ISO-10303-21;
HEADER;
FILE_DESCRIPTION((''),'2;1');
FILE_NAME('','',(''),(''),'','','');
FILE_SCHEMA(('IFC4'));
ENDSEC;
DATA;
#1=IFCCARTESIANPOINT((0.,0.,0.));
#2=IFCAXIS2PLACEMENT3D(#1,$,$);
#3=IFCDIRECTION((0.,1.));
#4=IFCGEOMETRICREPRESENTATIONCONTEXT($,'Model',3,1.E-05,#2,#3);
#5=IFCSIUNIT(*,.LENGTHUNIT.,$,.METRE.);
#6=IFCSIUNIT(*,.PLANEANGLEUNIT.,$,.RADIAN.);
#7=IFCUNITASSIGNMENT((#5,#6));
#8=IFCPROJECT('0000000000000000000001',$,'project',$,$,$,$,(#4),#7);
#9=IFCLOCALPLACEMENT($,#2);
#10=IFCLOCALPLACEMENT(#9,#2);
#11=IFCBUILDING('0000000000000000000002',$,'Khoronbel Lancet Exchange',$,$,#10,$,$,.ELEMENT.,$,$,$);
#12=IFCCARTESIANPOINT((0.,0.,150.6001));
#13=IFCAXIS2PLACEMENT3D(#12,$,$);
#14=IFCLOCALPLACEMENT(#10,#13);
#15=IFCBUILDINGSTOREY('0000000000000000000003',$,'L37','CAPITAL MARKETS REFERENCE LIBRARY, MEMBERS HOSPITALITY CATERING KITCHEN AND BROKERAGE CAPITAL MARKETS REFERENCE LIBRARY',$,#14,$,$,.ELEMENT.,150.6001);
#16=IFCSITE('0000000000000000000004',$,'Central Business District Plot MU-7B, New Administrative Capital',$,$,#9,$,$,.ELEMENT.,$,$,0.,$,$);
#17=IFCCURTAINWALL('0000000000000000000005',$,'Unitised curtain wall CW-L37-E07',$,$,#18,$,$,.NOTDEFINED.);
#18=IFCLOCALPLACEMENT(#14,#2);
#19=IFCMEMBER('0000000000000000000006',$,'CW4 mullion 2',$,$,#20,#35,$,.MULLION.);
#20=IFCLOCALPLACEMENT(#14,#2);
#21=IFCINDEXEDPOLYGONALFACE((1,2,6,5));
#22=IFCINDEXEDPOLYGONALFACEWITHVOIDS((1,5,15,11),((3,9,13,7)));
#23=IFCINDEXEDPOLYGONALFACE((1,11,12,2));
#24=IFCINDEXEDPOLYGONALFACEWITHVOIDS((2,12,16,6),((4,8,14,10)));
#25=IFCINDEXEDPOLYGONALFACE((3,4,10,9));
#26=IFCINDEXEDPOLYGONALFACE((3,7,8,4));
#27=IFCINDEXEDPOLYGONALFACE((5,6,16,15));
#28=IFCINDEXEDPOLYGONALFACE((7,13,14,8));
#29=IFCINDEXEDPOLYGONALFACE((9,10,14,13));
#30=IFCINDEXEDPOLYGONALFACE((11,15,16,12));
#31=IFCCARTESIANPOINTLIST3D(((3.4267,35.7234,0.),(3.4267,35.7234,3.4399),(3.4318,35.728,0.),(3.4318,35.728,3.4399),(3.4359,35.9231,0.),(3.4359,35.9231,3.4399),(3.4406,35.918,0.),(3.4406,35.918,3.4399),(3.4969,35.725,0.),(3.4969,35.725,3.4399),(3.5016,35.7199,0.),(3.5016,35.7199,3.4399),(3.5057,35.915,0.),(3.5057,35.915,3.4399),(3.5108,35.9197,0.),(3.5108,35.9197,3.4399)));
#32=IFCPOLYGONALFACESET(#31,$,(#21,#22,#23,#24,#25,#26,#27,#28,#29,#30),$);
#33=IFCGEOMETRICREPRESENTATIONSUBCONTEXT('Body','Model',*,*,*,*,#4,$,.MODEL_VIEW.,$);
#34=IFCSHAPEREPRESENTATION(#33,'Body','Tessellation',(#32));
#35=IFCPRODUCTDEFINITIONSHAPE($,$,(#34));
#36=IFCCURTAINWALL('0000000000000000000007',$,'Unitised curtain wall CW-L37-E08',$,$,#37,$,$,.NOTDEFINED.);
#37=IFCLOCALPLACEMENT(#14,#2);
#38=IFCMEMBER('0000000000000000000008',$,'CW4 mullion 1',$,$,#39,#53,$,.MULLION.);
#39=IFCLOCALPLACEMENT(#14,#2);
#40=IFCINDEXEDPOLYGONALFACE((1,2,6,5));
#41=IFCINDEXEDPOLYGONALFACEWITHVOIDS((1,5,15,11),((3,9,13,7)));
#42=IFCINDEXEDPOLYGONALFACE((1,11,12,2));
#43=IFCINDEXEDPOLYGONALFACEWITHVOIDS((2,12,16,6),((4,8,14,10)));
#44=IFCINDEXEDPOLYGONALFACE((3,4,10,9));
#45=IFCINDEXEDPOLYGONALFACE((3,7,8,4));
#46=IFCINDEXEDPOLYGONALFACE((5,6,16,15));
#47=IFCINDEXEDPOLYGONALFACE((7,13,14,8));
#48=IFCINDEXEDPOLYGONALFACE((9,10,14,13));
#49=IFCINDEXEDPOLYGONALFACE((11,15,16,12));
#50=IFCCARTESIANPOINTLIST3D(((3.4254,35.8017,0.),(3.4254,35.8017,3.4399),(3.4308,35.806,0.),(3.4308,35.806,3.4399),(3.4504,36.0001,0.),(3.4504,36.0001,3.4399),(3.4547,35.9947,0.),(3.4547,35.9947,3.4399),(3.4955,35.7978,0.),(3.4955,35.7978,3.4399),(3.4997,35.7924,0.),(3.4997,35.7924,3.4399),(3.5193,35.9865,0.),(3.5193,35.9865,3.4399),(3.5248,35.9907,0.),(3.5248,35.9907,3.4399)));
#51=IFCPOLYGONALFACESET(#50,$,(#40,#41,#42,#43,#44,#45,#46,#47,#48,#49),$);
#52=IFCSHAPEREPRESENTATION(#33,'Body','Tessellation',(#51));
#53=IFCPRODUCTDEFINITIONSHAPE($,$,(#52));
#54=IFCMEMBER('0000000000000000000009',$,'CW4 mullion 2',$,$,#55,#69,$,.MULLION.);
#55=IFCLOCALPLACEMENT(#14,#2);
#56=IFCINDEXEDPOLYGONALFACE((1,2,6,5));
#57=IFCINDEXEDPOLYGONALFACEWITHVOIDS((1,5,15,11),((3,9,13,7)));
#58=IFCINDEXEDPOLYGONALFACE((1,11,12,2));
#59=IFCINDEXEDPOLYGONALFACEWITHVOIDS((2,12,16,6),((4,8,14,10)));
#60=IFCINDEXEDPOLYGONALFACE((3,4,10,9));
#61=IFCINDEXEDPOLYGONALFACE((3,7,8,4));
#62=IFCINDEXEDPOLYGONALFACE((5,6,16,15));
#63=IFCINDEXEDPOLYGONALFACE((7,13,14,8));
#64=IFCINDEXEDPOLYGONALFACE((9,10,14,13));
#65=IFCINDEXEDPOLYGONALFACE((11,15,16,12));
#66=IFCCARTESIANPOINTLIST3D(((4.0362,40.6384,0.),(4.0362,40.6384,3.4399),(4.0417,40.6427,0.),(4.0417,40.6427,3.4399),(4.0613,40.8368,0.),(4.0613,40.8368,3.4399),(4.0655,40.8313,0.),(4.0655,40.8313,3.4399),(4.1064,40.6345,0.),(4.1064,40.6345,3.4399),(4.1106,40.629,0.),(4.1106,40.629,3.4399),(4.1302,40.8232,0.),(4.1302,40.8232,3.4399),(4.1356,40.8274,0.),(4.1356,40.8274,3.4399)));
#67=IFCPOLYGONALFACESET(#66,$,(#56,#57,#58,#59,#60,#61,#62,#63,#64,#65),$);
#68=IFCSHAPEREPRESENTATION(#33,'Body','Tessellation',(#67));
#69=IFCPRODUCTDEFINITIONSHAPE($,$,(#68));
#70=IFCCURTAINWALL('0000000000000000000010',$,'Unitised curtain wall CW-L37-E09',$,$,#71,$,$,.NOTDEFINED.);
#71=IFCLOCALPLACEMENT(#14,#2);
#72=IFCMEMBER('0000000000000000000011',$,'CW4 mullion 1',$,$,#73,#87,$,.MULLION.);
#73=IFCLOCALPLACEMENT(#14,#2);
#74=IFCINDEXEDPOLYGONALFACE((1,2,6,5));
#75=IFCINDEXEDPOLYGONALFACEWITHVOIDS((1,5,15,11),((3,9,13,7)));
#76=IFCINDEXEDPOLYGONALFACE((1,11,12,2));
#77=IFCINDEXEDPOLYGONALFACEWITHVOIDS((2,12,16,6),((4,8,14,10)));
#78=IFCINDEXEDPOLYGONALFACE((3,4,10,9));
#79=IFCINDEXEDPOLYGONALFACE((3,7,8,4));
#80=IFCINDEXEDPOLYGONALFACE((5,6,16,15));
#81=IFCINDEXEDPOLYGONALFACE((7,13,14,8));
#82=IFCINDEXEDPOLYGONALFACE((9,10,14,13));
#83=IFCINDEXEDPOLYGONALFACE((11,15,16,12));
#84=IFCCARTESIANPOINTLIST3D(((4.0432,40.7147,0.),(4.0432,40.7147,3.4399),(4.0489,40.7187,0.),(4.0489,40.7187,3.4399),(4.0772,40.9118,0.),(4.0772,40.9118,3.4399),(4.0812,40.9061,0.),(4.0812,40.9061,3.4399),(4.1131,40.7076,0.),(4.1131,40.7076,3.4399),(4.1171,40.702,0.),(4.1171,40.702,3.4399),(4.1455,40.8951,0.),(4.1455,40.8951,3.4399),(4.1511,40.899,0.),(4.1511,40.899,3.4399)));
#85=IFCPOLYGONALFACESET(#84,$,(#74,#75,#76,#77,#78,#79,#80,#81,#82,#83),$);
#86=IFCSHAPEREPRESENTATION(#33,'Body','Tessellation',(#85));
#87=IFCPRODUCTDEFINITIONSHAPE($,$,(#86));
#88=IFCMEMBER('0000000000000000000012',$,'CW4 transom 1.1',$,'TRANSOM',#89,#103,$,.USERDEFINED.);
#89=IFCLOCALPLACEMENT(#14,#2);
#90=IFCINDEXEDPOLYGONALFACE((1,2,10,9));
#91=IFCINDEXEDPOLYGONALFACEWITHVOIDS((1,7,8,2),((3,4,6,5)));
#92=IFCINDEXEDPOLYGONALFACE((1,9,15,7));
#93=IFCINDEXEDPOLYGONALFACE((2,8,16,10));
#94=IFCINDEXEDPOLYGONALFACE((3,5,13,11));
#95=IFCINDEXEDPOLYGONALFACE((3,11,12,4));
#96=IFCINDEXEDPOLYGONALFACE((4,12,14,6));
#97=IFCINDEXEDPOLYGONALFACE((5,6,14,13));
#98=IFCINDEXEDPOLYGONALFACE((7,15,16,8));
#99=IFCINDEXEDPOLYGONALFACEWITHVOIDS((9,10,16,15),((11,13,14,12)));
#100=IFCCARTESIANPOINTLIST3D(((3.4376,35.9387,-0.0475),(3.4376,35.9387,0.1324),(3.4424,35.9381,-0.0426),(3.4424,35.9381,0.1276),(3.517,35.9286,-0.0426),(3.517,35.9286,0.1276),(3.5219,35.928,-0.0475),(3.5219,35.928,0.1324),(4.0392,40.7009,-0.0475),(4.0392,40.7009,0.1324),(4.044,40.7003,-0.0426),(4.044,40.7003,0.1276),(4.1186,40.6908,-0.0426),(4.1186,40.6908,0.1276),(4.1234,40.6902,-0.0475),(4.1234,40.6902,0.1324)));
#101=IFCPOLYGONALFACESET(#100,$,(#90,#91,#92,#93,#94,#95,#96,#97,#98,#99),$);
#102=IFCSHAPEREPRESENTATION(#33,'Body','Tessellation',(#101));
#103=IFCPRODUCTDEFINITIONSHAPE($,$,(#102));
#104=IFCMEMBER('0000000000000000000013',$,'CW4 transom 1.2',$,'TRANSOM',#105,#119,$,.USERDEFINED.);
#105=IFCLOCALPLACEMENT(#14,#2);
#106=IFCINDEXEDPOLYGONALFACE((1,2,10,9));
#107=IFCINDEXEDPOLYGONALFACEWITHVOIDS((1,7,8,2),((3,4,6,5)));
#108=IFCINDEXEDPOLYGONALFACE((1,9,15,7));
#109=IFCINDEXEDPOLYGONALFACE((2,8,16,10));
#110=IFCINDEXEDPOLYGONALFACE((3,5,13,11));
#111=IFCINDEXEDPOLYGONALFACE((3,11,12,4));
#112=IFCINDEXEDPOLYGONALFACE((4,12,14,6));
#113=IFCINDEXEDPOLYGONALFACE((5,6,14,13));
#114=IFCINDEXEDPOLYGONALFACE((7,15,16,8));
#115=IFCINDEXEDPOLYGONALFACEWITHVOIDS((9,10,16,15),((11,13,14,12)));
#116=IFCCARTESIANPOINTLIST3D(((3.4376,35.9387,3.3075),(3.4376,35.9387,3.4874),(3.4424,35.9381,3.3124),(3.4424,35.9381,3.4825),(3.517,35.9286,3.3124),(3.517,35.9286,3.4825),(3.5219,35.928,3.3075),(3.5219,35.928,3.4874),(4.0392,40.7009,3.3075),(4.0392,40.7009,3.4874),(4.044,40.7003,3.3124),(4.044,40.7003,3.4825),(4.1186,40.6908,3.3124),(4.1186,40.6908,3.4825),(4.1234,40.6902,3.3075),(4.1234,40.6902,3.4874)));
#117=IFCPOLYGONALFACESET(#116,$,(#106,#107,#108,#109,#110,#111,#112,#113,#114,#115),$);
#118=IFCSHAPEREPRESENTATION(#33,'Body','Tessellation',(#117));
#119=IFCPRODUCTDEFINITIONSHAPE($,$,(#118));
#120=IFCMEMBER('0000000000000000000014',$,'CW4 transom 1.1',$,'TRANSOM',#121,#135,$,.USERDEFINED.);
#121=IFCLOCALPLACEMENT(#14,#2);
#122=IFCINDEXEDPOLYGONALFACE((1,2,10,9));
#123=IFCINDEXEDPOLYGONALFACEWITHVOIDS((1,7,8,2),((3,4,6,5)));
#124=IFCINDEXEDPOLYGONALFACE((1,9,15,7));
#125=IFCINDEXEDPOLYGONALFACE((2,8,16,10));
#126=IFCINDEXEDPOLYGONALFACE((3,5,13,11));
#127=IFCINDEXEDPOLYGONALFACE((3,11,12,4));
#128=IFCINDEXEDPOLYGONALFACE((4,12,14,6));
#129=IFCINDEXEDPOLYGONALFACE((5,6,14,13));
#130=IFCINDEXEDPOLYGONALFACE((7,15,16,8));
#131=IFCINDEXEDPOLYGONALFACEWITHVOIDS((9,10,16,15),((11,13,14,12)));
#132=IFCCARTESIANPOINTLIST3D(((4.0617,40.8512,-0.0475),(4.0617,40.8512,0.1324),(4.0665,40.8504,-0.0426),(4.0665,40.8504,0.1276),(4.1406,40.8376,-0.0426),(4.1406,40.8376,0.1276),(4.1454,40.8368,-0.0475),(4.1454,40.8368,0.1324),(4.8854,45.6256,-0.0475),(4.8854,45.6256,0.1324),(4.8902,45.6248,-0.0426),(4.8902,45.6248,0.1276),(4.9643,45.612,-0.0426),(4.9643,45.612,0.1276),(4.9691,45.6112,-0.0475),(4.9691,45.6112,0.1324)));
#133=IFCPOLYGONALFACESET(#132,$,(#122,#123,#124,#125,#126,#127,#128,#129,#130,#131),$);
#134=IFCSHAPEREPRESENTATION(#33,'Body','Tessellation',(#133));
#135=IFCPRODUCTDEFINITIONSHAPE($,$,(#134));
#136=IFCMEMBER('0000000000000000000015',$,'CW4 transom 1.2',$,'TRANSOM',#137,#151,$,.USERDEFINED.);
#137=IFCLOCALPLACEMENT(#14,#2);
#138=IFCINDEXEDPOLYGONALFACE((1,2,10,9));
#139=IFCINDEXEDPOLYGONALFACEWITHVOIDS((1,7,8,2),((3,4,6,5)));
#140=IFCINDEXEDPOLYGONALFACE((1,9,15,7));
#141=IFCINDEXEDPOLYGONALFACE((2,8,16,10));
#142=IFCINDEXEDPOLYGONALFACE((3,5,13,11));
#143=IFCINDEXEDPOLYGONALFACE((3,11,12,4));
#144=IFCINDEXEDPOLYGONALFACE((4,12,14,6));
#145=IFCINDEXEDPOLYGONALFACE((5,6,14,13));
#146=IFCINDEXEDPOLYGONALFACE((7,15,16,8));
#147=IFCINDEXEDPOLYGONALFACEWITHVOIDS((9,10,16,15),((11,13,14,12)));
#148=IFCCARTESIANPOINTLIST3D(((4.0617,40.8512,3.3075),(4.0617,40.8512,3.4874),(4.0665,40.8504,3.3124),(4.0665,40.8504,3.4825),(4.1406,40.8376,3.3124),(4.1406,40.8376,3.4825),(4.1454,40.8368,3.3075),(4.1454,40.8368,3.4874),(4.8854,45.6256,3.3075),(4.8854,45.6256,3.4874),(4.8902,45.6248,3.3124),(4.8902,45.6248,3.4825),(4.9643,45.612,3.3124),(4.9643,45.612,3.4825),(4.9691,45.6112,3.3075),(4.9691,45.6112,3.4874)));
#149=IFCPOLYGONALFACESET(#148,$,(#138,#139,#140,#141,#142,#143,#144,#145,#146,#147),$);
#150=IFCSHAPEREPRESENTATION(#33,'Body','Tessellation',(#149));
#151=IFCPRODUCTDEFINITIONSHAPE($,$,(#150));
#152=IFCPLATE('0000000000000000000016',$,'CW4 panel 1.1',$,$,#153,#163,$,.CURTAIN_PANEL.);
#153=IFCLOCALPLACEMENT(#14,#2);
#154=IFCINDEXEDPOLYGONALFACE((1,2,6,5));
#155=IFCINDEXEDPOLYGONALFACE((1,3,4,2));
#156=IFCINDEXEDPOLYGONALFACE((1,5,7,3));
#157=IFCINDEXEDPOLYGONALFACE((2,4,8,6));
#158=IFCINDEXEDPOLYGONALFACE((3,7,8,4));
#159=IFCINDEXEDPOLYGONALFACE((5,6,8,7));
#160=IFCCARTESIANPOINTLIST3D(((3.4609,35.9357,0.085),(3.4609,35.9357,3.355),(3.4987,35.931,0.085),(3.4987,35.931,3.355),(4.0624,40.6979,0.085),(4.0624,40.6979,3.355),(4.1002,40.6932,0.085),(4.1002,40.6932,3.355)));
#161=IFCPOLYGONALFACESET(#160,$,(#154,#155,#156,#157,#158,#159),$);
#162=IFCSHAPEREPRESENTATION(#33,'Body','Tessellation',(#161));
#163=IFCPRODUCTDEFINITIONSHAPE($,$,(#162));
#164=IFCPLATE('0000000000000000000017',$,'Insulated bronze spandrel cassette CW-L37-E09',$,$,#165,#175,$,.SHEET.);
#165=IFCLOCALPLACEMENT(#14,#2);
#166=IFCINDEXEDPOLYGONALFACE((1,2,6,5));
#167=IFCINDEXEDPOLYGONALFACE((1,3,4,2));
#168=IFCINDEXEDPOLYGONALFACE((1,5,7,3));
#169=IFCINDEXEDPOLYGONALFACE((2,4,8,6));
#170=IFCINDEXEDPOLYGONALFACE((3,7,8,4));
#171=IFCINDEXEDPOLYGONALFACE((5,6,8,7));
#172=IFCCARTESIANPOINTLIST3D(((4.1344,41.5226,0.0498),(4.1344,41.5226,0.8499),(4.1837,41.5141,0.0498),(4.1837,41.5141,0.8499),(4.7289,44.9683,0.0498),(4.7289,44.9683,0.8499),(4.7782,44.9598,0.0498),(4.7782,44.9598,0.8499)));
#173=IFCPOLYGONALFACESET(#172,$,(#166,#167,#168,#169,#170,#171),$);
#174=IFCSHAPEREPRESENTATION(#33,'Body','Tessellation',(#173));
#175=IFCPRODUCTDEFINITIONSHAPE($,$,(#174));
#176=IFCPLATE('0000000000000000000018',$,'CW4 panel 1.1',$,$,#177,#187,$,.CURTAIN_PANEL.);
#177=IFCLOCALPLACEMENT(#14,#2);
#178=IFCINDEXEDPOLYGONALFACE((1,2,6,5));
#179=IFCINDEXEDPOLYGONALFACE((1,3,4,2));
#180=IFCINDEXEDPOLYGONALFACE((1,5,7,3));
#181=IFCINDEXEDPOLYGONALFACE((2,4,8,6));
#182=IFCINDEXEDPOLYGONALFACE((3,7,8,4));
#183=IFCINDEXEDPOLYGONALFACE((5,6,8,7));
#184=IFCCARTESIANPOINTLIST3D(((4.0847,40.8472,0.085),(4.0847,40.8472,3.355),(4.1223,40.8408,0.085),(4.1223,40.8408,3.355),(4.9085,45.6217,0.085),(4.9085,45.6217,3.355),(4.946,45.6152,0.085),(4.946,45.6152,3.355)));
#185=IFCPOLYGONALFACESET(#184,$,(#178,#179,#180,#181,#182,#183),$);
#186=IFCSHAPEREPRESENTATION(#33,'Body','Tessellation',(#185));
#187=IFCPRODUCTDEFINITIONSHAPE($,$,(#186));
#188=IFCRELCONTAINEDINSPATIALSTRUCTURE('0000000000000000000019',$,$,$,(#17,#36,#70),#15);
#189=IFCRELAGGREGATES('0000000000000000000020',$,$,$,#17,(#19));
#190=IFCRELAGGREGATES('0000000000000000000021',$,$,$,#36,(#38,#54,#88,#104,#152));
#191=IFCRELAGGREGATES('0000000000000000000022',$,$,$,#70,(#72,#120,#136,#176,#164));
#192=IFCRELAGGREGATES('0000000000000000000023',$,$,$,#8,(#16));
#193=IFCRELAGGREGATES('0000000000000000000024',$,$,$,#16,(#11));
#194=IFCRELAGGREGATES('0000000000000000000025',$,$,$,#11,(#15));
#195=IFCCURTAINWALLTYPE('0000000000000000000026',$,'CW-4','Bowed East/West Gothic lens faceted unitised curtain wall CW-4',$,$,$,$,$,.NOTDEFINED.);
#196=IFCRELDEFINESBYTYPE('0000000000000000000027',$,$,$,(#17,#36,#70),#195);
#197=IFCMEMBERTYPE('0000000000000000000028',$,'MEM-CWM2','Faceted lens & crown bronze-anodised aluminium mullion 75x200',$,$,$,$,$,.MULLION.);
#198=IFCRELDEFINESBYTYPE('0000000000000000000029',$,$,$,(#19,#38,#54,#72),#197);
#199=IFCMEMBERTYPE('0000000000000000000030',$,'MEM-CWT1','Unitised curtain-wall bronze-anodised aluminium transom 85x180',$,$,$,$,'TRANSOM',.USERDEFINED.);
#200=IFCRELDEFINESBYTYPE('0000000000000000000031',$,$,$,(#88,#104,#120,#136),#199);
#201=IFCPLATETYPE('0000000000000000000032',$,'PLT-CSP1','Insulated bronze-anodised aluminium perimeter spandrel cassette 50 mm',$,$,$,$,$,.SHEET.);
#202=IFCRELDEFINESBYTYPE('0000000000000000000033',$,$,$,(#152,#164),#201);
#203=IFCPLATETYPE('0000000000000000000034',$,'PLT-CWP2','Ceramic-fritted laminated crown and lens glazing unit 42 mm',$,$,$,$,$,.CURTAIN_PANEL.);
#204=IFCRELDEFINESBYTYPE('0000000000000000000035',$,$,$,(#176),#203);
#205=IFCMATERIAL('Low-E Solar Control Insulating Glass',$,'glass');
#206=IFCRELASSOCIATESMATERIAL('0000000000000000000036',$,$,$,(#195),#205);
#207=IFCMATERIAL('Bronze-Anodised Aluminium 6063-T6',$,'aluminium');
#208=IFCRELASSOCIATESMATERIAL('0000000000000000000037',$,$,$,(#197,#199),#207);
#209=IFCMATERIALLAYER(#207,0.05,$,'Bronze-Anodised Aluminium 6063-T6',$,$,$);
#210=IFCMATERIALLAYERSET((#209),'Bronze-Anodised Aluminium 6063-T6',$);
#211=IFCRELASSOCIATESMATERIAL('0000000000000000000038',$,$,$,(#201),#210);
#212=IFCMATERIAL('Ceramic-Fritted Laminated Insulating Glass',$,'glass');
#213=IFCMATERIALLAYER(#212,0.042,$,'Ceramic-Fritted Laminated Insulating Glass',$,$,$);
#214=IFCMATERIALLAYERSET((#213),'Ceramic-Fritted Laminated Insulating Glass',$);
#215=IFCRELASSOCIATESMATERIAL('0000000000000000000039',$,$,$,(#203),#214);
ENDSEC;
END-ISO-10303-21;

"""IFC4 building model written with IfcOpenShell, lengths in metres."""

from ifc_helpers import new_model, si_unit, direction, frame, origin, origin_2d, place, context, subcontext, project, spatial, rectangle, hollow_rectangle, extrude, material, layer, layer_set, material_profile, profile_set, type_object, element, aggregate, save


model = new_model("IFC4")

# Units and contexts
model_context = context("Model", 3, precision=1e-05, world=origin(), true_north=direction((0.0, 1.0)))
body_context = subcontext(model_context, "Body", "Model", "MODEL_VIEW")
ifc_project = project(units=[si_unit("LENGTHUNIT", "METRE"), si_unit("PLANEANGLEUNIT", "RADIAN")], contexts=[model_context])

# Site, building, storey
site_placement = place(None, origin())
site = spatial("IfcSite", under=ifc_project, at=site_placement, Name="Central Business District Plot MU-7B, New Administrative Capital", CompositionType="ELEMENT", RefElevation=0.0)
building_placement = place(site_placement, origin())
building = spatial("IfcBuilding", under=site, at=building_placement, Name="Khoronbel Lancet Exchange", CompositionType="ELEMENT")
storey_placement = place(building_placement, frame((0.0, 0.0, 150.6001)))
storey = spatial("IfcBuildingStorey", under=building, at=storey_placement, Name="L37", Description="CAPITAL MARKETS REFERENCE LIBRARY, MEMBERS HOSPITALITY CATERING KITCHEN AND BROKERAGE CAPITAL MARKETS REFERENCE LIBRARY", CompositionType="ELEMENT", Elevation=150.6001)

# Curtain wall, member
ifc_material_1 = material(Name="Low-E Solar Control Insulating Glass", Category="glass")
curtain_wall_type = type_object("IfcCurtainWallType", Name="CW-4", Description="Bowed East/West Gothic lens faceted unitised curtain wall CW-4", PredefinedType="NOTDEFINED", material=ifc_material_1)
curtain_wall_1_placement = place(storey_placement, origin())
curtain_wall_1 = element("IfcCurtainWall", 1, at=curtain_wall_1_placement, inside=storey, type_object=curtain_wall_type, Name="Unitised curtain wall CW-L37-E07", PredefinedType="NOTDEFINED")
ifc_material_2 = material(Name="Bronze-Anodised Aluminium 6063-T6", Category="aluminium")
ifc_material_profile_1 = material_profile(ifc_material_2, hollow_rectangle(XDim=0.075, YDim=0.2, WallThickness=0.0049, at=origin_2d()), Name="ALU MULLION 75x200")
ifc_profile_set_1 = profile_set([ifc_material_profile_1], Name="Bronze-Anodised Aluminium 6063-T6")
member_type_1 = type_object("IfcMemberType", Name="MEM-CWM2", Description="Faceted lens & crown bronze-anodised aluminium mullion 75x200", PredefinedType="MULLION", material=ifc_profile_set_1)
member_1_placement = place(storey_placement, frame((3.4688, 35.8215, 0.0), z_axis=(0.0, 0.0, 1.0), x_axis=(-0.998934, 0.046172, 0.0)))
member_1 = element("IfcMember", 2, at=member_1_placement, type_object=member_type_1, Name="CW4 mullion 2", PredefinedType="MULLION", context=body_context, shape_type="SweptSolid", body=[
    extrude(hollow_rectangle(XDim=0.075, YDim=0.2, WallThickness=0.0049, at=origin_2d()), origin(), (0.0, 0.0, 1.0), 3.4399),
])
aggregate(curtain_wall_1, [member_1])

# Curtain wall, members
curtain_wall_2_placement = place(storey_placement, origin())
curtain_wall_2 = element("IfcCurtainWall", 3, at=curtain_wall_2_placement, inside=storey, type_object=curtain_wall_type, Name="Unitised curtain wall CW-L37-E08", PredefinedType="NOTDEFINED")
member_2_placement = place(storey_placement, frame((3.4751, 35.8962, 0.0), z_axis=(0.0, 0.0, 1.0), x_axis=(-0.992117, 0.125313, 0.0)))
member_2 = element("IfcMember", 4, at=member_2_placement, type_object=member_type_1, Name="CW4 mullion 1", PredefinedType="MULLION", context=body_context, shape_type="SweptSolid", body=[
    extrude(hollow_rectangle(XDim=0.075, YDim=0.2, WallThickness=0.0049, at=origin_2d()), origin(), (0.0, 0.0, 1.0), 3.4399),
])
member_3_placement = place(storey_placement, frame((4.0859, 40.7329, 0.0), z_axis=(0.0, 0.0, 1.0), x_axis=(-0.992117, 0.125313, 0.0)))
member_3 = element("IfcMember", 5, at=member_3_placement, type_object=member_type_1, Name="CW4 mullion 2", PredefinedType="MULLION", context=body_context, shape_type="SweptSolid", body=[
    extrude(hollow_rectangle(XDim=0.075, YDim=0.2, WallThickness=0.0049, at=origin_2d()), origin(), (0.0, 0.0, 1.0), 3.4399),
])

# Curtain wall, member
curtain_wall_3_placement = place(storey_placement, origin())
curtain_wall_3 = element("IfcCurtainWall", 6, at=curtain_wall_3_placement, inside=storey, type_object=curtain_wall_type, Name="Unitised curtain wall CW-L37-E09", PredefinedType="NOTDEFINED")
member_4_placement = place(storey_placement, frame((4.0972, 40.8069, 0.0), z_axis=(0.0, 0.0, 1.0), x_axis=(-0.985439, 0.170029, 0.0)))
member_4 = element("IfcMember", 7, at=member_4_placement, type_object=member_type_1, Name="CW4 mullion 1", PredefinedType="MULLION", context=body_context, shape_type="SweptSolid", body=[
    extrude(hollow_rectangle(XDim=0.075, YDim=0.2, WallThickness=0.0049, at=origin_2d()), origin(), (0.0, 0.0, 1.0), 3.4399),
])

# Members
ifc_material_profile_2 = material_profile(ifc_material_2, hollow_rectangle(XDim=0.085, YDim=0.1799, WallThickness=0.0049, at=origin_2d()), Name="ALU TRANSOM 85x180")
ifc_profile_set_2 = profile_set([ifc_material_profile_2], Name="Bronze-Anodised Aluminium 6063-T6")
member_type_2 = type_object("IfcMemberType", Name="MEM-CWT1", Description="Unitised curtain-wall bronze-anodised aluminium transom 85x180", ElementType="TRANSOM", PredefinedType="USERDEFINED", material=ifc_profile_set_2)
member_5_placement = place(storey_placement, frame((3.4797, 35.9333, 0.0425), z_axis=(0.125324, 0.992116, 0.0), x_axis=(-0.992116, 0.125324, 0.0)))
member_5 = element("IfcMember", 8, at=member_5_placement, type_object=member_type_2, Name="CW4 transom 1.1", ObjectType="TRANSOM", PredefinedType="USERDEFINED", context=body_context, shape_type="SweptSolid", body=[
    extrude(hollow_rectangle(XDim=0.085, YDim=0.1799, WallThickness=0.0049, at=origin_2d()), origin(), (0.0, 0.0, 1.0), 4.8),
])
member_6_placement = place(storey_placement, frame((3.4797, 35.9333, 3.3975), z_axis=(0.125324, 0.992116, 0.0), x_axis=(-0.992116, 0.125324, 0.0)))
member_6 = element("IfcMember", 9, at=member_6_placement, type_object=member_type_2, Name="CW4 transom 1.2", ObjectType="TRANSOM", PredefinedType="USERDEFINED", context=body_context, shape_type="SweptSolid", body=[
    extrude(hollow_rectangle(XDim=0.085, YDim=0.1799, WallThickness=0.0049, at=origin_2d()), origin(), (0.0, 0.0, 1.0), 4.8),
])
member_7_placement = place(storey_placement, frame((4.1035, 40.844, 0.0425), z_axis=(0.170018, 0.985441, 0.0), x_axis=(-0.985441, 0.170018, 0.0)))
member_7 = element("IfcMember", 10, at=member_7_placement, type_object=member_type_2, Name="CW4 transom 1.1", ObjectType="TRANSOM", PredefinedType="USERDEFINED", context=body_context, shape_type="SweptSolid", body=[
    extrude(hollow_rectangle(XDim=0.085, YDim=0.1799, WallThickness=0.0049, at=origin_2d()), origin(), (0.0, 0.0, 1.0), 4.845),
])
member_8_placement = place(storey_placement, frame((4.1035, 40.844, 3.3975), z_axis=(0.170018, 0.985441, 0.0), x_axis=(-0.985441, 0.170018, 0.0)))
member_8 = element("IfcMember", 11, at=member_8_placement, type_object=member_type_2, Name="CW4 transom 1.2", ObjectType="TRANSOM", PredefinedType="USERDEFINED", context=body_context, shape_type="SweptSolid", body=[
    extrude(hollow_rectangle(XDim=0.085, YDim=0.1799, WallThickness=0.0049, at=origin_2d()), origin(), (0.0, 0.0, 1.0), 4.845),
])

# Plates
ifc_layer_1 = layer(ifc_material_2, 0.05, Name="Bronze-Anodised Aluminium 6063-T6")
ifc_layer_set_1 = layer_set([ifc_layer_1], Name="Bronze-Anodised Aluminium 6063-T6")
plate_type_1 = type_object("IfcPlateType", Name="PLT-CSP1", Description="Insulated bronze-anodised aluminium perimeter spandrel cassette 50 mm", PredefinedType="SHEET", material=ifc_layer_set_1)
plate_1_placement = place(storey_placement, frame((3.7805, 38.3145, 0.085), z_axis=(0.0, 0.0, 1.0), x_axis=(0.125313, 0.992117, 0.0)))
plate_1 = element("IfcPlate", 12, at=plate_1_placement, type_object=plate_type_1, Name="CW4 panel 1.1", PredefinedType="CURTAIN_PANEL", context=body_context, shape_type="SweptSolid", body=[
    extrude(rectangle(XDim=4.8, YDim=0.0381, at=origin_2d()), origin(), (0.0, 0.0, 1.0), 3.27),
])
aggregate(curtain_wall_2, [member_2, member_3, member_5, member_6, plate_1])
plate_2_placement = place(storey_placement, frame((4.4563, 43.2412, 0.0498), z_axis=(0.0, 0.0, 1.0), x_axis=(0.170029, 0.985439, 0.0)))
plate_2 = element("IfcPlate", 13, at=plate_2_placement, type_object=plate_type_1, Name="Insulated bronze spandrel cassette CW-L37-E09", PredefinedType="SHEET", context=body_context, shape_type="SweptSolid", body=[
    extrude(rectangle(XDim=3.4966, YDim=0.05, at=origin_2d()), origin(), (0.0, 0.0, 1.0), 0.8),
])
ifc_material_3 = material(Name="Ceramic-Fritted Laminated Insulating Glass", Category="glass")
ifc_layer_2 = layer(ifc_material_3, 0.042, Name="Ceramic-Fritted Laminated Insulating Glass")
ifc_layer_set_2 = layer_set([ifc_layer_2], Name="Ceramic-Fritted Laminated Insulating Glass")
plate_type_2 = type_object("IfcPlateType", Name="PLT-CWP2", Description="Ceramic-fritted laminated crown and lens glazing unit 42 mm", PredefinedType="CURTAIN_PANEL", material=ifc_layer_set_2)
plate_3_placement = place(storey_placement, frame((4.5154, 43.2312, 0.085), z_axis=(0.0, 0.0, 1.0), x_axis=(0.170029, 0.985439, 0.0)))
plate_3 = element("IfcPlate", 14, at=plate_3_placement, type_object=plate_type_2, Name="CW4 panel 1.1", PredefinedType="CURTAIN_PANEL", context=body_context, shape_type="SweptSolid", body=[
    extrude(rectangle(XDim=4.845, YDim=0.0381, at=origin_2d()), origin(), (0.0, 0.0, 1.0), 3.27),
])
aggregate(curtain_wall_3, [member_4, member_7, member_8, plate_3, plate_2])

save(model, "model.ifc")
